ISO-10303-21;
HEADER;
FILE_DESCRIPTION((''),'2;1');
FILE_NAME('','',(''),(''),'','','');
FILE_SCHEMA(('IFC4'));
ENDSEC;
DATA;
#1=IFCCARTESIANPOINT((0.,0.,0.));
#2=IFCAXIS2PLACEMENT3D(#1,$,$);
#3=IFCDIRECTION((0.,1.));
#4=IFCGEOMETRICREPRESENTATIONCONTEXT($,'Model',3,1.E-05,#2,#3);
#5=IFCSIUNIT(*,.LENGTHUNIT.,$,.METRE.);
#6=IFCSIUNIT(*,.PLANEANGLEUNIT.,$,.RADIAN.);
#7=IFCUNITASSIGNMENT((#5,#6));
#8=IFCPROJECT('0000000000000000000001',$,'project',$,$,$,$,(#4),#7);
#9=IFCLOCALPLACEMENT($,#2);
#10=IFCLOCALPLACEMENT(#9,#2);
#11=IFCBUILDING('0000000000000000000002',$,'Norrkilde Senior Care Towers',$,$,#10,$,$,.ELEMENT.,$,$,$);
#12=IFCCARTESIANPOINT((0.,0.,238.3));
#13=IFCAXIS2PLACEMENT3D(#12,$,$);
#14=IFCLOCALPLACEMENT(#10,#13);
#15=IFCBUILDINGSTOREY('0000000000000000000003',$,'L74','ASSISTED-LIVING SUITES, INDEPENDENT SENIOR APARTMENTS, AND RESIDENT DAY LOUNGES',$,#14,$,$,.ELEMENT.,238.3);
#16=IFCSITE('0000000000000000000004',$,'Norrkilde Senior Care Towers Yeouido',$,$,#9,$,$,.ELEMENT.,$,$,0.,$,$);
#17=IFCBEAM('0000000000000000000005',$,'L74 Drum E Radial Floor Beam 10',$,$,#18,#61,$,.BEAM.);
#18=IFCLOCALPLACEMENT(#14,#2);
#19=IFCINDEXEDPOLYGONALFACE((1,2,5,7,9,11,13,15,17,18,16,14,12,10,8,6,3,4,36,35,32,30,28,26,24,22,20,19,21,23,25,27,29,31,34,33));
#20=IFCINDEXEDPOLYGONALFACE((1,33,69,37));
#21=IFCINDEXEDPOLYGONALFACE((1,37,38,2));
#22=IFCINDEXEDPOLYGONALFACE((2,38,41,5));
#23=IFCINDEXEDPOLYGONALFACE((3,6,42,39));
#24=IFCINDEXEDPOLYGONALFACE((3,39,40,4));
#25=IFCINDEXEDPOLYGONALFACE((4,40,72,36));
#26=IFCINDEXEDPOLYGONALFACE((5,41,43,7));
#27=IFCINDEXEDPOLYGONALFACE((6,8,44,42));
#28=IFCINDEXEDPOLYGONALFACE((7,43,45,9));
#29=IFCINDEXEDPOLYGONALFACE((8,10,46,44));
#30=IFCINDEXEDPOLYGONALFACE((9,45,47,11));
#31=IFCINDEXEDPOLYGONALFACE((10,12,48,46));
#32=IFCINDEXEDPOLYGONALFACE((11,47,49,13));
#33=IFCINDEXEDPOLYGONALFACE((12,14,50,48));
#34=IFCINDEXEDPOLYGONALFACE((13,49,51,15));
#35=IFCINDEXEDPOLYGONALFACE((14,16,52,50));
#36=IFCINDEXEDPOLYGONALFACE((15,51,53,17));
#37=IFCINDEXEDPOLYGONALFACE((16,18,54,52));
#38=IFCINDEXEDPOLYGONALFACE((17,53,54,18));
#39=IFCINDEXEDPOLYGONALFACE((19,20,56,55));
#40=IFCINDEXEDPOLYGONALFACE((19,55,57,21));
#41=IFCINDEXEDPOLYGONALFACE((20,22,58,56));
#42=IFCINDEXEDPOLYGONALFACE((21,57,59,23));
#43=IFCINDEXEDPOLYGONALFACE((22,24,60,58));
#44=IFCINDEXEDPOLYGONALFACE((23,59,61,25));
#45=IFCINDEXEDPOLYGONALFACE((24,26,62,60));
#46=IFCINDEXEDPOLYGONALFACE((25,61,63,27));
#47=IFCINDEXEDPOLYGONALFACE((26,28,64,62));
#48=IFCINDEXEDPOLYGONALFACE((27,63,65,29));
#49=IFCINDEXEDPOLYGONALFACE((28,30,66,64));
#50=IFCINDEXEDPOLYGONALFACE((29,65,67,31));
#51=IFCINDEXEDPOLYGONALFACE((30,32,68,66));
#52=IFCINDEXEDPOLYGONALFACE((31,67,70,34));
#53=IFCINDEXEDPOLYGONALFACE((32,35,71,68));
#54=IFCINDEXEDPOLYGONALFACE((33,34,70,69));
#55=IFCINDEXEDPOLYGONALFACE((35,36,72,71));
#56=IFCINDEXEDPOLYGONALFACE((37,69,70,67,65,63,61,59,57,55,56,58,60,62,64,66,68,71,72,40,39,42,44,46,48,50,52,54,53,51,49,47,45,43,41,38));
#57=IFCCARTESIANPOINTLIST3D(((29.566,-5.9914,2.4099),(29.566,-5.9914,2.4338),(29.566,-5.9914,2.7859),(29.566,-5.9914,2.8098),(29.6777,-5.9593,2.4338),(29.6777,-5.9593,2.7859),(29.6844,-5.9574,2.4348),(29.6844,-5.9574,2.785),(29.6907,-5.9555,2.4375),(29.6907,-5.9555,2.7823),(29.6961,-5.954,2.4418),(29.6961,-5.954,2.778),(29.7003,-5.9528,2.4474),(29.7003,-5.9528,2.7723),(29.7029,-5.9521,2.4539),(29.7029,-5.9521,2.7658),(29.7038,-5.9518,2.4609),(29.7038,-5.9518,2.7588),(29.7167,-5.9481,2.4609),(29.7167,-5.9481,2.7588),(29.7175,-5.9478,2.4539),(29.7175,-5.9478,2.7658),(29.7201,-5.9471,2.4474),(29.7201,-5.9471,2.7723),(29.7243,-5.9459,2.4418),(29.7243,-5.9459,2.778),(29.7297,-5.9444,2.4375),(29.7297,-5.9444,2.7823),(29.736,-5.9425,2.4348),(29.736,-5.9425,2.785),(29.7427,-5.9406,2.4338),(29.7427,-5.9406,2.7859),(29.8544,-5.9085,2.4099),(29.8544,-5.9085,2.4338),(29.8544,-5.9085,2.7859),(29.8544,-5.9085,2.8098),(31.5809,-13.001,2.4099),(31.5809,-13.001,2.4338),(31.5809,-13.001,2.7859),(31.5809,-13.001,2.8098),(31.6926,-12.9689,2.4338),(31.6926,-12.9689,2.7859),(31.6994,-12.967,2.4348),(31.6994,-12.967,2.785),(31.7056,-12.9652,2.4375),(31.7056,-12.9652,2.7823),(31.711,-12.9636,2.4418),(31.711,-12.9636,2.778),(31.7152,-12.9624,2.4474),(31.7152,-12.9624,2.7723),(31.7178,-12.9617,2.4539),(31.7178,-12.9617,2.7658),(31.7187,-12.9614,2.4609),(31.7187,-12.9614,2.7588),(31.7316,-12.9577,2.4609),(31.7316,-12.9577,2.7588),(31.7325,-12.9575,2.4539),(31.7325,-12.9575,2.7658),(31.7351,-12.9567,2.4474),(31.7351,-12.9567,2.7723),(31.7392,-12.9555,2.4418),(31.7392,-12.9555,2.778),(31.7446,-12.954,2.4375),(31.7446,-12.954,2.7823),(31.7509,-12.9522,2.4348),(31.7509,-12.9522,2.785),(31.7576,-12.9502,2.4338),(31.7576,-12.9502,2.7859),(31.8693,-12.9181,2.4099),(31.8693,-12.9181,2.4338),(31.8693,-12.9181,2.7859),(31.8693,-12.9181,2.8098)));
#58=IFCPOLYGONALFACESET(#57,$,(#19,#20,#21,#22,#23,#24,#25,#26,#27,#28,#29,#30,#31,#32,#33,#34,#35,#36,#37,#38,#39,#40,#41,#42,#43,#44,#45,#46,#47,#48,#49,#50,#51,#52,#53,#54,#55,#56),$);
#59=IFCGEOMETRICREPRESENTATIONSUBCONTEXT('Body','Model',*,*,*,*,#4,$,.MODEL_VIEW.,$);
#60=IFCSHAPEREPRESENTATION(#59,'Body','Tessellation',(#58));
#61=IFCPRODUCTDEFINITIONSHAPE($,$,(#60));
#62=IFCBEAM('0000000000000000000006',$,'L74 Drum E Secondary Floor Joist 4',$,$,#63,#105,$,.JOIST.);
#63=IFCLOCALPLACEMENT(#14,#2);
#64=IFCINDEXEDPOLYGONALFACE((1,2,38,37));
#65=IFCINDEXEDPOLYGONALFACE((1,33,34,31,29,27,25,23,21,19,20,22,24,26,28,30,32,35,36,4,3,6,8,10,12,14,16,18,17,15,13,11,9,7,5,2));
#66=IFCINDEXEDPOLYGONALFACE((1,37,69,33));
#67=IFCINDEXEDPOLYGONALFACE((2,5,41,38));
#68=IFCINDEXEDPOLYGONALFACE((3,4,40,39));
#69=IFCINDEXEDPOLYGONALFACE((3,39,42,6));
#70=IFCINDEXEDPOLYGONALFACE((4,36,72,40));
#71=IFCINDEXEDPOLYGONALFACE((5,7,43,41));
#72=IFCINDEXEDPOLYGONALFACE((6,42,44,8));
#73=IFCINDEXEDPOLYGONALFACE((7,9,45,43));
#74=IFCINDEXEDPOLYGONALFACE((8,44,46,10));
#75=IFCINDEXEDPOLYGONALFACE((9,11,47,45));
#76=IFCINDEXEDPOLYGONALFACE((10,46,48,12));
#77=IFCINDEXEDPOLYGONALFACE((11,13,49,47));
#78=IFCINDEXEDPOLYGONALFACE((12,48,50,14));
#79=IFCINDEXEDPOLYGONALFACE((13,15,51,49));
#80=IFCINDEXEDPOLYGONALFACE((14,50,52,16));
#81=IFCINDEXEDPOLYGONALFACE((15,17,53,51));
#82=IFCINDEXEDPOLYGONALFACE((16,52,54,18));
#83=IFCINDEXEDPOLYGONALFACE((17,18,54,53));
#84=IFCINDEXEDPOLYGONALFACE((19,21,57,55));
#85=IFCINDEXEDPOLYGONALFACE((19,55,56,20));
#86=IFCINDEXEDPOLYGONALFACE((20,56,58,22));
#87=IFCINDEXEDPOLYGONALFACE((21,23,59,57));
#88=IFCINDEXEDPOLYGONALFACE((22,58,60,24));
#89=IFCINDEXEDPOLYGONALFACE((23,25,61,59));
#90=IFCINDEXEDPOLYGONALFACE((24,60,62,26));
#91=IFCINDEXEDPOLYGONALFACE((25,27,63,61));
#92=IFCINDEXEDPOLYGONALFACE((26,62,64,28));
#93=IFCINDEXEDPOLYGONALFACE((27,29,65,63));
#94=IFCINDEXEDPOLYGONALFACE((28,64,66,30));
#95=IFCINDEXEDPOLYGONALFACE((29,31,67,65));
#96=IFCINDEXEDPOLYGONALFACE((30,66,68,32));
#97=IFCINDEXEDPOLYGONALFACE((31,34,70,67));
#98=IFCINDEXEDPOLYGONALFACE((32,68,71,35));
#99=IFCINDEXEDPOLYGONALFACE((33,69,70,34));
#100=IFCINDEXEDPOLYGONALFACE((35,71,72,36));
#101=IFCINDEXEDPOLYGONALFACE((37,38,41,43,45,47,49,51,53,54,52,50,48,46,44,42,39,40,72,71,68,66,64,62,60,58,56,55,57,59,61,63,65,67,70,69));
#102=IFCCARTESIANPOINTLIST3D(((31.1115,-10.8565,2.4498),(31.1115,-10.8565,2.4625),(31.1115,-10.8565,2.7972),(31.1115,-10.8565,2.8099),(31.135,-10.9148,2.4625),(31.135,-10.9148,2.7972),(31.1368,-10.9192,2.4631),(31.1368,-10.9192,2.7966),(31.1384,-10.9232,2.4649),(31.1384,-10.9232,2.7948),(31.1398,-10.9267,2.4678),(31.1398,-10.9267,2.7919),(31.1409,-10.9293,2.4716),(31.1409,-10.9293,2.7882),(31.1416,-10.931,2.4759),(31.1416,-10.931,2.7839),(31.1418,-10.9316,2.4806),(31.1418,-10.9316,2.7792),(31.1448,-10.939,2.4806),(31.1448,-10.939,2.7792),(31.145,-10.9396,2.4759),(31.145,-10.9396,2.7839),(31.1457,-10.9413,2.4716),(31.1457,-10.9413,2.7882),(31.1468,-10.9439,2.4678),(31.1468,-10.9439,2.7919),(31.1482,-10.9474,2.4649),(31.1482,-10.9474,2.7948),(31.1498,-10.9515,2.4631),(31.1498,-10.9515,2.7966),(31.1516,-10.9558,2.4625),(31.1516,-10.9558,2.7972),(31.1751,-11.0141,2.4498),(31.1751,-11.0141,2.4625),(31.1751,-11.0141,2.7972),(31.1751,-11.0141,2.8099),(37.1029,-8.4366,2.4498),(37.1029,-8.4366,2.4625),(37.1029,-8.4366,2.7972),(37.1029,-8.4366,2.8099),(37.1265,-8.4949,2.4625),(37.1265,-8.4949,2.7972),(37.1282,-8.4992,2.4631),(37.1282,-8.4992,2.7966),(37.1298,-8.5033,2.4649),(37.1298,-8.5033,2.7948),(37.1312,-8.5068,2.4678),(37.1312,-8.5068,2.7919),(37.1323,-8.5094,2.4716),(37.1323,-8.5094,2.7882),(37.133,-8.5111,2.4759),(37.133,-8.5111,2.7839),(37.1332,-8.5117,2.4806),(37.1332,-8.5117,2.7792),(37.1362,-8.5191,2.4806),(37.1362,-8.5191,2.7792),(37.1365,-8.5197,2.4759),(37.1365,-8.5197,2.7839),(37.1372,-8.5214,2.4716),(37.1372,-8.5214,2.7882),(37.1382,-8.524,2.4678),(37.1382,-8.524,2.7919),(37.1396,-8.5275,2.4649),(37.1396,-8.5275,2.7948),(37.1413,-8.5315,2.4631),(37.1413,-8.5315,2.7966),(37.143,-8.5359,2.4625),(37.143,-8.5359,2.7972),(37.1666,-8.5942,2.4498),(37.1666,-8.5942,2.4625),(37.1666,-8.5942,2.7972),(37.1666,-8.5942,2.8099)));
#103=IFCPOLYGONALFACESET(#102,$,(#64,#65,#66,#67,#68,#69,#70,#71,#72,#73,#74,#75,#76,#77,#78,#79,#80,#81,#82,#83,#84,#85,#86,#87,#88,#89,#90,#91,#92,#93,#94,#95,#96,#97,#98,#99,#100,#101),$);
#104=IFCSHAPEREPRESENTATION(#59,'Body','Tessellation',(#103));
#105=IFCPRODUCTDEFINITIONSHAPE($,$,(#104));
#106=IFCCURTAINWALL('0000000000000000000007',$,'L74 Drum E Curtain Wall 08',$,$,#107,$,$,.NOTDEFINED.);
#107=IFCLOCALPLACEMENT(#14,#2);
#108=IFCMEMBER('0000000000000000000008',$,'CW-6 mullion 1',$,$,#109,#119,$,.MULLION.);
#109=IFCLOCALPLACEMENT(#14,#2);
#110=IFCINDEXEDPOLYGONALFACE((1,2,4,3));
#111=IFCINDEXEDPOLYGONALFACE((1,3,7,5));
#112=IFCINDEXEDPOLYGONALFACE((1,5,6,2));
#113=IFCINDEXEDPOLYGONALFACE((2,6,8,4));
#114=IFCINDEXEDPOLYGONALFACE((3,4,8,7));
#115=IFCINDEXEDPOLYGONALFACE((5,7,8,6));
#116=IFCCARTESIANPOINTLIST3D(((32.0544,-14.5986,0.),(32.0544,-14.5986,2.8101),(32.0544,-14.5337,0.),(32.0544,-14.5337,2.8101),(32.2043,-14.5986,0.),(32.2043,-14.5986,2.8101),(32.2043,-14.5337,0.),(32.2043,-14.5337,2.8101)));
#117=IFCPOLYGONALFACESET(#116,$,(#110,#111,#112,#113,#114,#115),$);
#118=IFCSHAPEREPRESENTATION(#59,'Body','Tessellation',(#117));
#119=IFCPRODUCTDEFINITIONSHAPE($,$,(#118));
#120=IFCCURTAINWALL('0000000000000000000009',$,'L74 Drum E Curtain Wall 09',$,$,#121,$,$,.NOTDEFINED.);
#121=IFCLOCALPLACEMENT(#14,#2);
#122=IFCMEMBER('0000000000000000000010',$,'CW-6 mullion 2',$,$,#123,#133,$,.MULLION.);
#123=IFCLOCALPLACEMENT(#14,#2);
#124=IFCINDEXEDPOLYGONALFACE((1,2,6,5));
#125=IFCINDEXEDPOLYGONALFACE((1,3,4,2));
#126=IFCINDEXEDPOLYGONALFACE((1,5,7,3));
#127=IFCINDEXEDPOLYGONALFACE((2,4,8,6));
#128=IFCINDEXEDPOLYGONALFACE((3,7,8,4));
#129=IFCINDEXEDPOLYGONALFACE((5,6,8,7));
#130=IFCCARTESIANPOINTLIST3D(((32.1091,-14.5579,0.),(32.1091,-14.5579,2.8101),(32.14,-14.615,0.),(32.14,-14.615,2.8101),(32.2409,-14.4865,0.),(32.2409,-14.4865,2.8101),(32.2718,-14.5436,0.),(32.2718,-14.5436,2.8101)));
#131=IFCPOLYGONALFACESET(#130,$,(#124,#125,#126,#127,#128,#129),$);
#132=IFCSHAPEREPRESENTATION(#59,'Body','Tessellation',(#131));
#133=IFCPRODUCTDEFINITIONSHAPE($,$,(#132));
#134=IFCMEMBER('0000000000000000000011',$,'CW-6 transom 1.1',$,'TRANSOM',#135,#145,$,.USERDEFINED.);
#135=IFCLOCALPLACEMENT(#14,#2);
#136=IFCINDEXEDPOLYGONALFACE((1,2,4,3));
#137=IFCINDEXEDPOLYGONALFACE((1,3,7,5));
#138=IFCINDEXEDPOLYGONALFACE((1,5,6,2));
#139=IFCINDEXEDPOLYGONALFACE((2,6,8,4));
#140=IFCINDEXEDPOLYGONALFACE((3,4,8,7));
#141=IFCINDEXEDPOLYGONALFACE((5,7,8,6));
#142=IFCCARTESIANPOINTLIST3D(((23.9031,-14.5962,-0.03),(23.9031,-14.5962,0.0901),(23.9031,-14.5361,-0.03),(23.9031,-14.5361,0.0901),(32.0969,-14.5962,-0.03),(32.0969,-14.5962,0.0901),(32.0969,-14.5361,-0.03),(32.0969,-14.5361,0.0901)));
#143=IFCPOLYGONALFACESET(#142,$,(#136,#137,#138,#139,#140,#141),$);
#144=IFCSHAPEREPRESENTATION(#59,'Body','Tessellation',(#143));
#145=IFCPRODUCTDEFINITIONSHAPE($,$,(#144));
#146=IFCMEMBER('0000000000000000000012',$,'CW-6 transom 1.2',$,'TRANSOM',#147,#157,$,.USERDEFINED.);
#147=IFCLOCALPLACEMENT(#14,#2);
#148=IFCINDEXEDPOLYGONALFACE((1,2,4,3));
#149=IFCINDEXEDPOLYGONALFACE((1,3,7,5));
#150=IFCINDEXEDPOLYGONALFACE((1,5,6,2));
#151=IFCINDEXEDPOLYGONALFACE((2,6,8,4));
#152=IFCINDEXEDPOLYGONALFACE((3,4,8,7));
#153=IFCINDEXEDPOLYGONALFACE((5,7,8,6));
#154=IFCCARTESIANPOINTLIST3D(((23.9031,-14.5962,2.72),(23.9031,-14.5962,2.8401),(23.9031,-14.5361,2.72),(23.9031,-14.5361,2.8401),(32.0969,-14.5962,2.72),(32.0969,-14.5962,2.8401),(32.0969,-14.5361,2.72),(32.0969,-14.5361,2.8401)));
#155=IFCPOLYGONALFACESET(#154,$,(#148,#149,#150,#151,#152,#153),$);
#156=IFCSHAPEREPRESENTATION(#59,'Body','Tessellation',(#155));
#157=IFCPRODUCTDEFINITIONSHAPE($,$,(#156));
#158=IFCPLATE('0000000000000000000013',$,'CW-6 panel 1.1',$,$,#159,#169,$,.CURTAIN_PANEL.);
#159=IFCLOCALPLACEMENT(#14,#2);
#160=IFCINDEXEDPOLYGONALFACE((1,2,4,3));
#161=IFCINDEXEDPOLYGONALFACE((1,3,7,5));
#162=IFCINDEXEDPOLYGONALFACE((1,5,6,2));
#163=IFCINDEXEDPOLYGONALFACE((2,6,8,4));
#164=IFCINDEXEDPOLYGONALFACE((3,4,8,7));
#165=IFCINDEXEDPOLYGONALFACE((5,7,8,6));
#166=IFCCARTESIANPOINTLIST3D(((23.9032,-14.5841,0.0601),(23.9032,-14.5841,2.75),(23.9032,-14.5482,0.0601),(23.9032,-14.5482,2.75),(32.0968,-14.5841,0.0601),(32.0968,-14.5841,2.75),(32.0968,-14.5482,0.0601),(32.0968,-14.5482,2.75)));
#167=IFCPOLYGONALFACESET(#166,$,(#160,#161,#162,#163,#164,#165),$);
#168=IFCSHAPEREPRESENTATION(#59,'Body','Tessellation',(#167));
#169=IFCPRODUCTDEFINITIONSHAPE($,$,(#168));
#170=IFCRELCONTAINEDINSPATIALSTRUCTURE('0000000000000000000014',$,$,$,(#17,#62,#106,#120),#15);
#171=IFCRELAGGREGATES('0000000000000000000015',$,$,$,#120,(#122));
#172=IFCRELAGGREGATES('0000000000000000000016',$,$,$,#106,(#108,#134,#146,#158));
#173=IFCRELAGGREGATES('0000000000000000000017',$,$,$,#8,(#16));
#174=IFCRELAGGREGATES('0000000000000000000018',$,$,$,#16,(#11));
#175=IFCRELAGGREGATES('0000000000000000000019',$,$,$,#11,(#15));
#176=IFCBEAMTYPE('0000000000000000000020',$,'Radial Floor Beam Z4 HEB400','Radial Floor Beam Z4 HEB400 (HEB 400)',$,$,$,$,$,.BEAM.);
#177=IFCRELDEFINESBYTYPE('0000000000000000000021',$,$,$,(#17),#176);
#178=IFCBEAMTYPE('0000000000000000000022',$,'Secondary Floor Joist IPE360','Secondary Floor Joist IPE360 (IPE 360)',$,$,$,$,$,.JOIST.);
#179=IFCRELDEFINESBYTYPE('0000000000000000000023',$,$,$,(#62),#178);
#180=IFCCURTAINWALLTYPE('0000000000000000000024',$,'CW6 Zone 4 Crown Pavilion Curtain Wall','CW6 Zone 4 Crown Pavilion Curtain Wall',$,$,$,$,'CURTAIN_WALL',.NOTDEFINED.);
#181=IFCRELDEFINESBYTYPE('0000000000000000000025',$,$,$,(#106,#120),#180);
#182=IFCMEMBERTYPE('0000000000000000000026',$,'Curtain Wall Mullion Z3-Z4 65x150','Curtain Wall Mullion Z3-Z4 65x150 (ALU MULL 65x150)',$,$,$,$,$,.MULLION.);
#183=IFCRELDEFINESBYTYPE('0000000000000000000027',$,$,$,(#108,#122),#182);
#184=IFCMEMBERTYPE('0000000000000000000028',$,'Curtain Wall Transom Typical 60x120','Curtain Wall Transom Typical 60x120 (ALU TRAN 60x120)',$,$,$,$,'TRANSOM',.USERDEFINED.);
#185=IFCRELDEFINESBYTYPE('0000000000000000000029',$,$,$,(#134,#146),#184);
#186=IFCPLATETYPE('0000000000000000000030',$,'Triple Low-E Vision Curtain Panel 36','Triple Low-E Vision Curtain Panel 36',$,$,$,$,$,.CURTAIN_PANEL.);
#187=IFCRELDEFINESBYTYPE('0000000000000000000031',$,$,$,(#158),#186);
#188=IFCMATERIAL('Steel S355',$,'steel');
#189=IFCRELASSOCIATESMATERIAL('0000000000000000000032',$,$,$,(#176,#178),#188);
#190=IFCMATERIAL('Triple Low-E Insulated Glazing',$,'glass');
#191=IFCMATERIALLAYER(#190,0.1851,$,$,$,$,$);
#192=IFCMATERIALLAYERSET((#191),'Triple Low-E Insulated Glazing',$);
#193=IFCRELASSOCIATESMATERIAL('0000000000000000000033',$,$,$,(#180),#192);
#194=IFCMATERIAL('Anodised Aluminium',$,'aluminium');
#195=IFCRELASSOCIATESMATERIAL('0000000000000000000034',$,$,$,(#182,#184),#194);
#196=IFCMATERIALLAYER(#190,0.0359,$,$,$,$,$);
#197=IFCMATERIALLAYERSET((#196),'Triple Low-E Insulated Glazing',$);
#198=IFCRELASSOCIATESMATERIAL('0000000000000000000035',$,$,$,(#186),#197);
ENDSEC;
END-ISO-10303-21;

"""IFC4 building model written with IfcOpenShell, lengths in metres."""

from ifc_helpers import new_model, si_unit, direction, frame, origin, origin_2d, place, context, subcontext, project, spatial, rectangle, i_section, extrude, source, transform, mapped, material, layer, layer_set, material_profile, profile_set, type_object, type_shapes, element, aggregate, save


model = new_model("IFC4")

# Units and contexts
model_context = context("Model", 3, precision=1e-05, world=origin(), true_north=direction((0.0, 1.0)))
body_context = subcontext(model_context, "Body", "Model", "MODEL_VIEW")
ifc_project = project(units=[si_unit("LENGTHUNIT", "METRE"), si_unit("PLANEANGLEUNIT", "RADIAN")], contexts=[model_context])

# Site, building, storey
site_placement = place(None, origin())
site = spatial("IfcSite", under=ifc_project, at=site_placement, Name="Norrkilde Senior Care Towers Yeouido", CompositionType="ELEMENT", RefElevation=0.0)
building_placement = place(site_placement, origin())
building = spatial("IfcBuilding", under=site, at=building_placement, Name="Norrkilde Senior Care Towers", CompositionType="ELEMENT")
storey_placement = place(building_placement, frame((0.0, 0.0, 238.3)))
storey = spatial("IfcBuildingStorey", under=building, at=storey_placement, Name="L74", Description="ASSISTED-LIVING SUITES, INDEPENDENT SENIOR APARTMENTS, AND RESIDENT DAY LOUNGES", CompositionType="ELEMENT", Elevation=238.3)

# Beams
ifc_material_1 = material(Name="Steel S355", Category="steel")
ifc_material_profile_1 = material_profile(ifc_material_1, i_section(OverallWidth=0.3, OverallDepth=0.3999, WebThickness=0.0134, FlangeThickness=0.0239, FilletRadius=0.0271, at=origin_2d()), Name="HEB 400")
ifc_profile_set_1 = profile_set([ifc_material_profile_1], Name="Steel S355")
beam_type_1 = type_object("IfcBeamType", Name="Radial Floor Beam Z4 HEB400", Description="Radial Floor Beam Z4 HEB400 (HEB 400)", PredefinedType="BEAM", material=ifc_profile_set_1)
shared_shape_1 = source(origin(), body_context, "Body", "SweptSolid", [
    extrude(i_section(OverallWidth=0.3, OverallDepth=0.3999, WebThickness=0.0134, FlangeThickness=0.0239, FilletRadius=0.0271, at=origin_2d()), origin(), (0.0, 0.0, 1.0), 7.2935),
])
beam_1_placement = place(storey_placement, frame((29.7102, -5.95, 2.6099), z_axis=(0.276264, -0.961082, 0.0), x_axis=(0.961082, 0.276264, 0.0)))
element("IfcBeam", 1, at=beam_1_placement, inside=storey, type_object=beam_type_1, Name="L74 Drum E Radial Floor Beam 10", PredefinedType="BEAM", context=body_context, shape_type="MappedRepresentation", body=[
    mapped(shared_shape_1, transform((0.0, 0.0, 0.0), x_axis=(1.0, 0.0, 0.0), y_axis=(0.0, 1.0, 0.0), z_axis=(0.0, 0.0, 1.0), scale=1.0)),
])
ifc_material_profile_2 = material_profile(ifc_material_1, i_section(OverallWidth=0.1699, OverallDepth=0.3601, WebThickness=0.0081, FlangeThickness=0.0127, FilletRadius=0.0181, at=origin_2d()), Name="IPE 360")
ifc_profile_set_2 = profile_set([ifc_material_profile_2], Name="Steel S355")
beam_type_2 = type_object("IfcBeamType", Name="Secondary Floor Joist IPE360", Description="Secondary Floor Joist IPE360 (IPE 360)", PredefinedType="JOIST", material=ifc_profile_set_2)
shared_shape_2 = source(origin(), body_context, "Body", "SweptSolid", [
    extrude(i_section(OverallWidth=0.1699, OverallDepth=0.3601, WebThickness=0.0081, FlangeThickness=0.0127, FilletRadius=0.0181, at=origin_2d()), origin(), (0.0, 0.0, 1.0), 6.4617),
])
type_shapes(beam_type_2, [shared_shape_2])
beam_2_placement = place(storey_placement, frame((31.1433, -10.9353, 2.6299), z_axis=(0.927226, 0.374502, 0.0), x_axis=(-0.374502, 0.927226, 0.0)))
element("IfcBeam", 2, at=beam_2_placement, inside=storey, type_object=beam_type_2, Name="L74 Drum E Secondary Floor Joist 4", PredefinedType="JOIST", context=body_context, shape_type="MappedRepresentation", body=[
    mapped(shared_shape_2, transform((0.0, 0.0, 0.0), x_axis=(1.0, 0.0, 0.0), y_axis=(0.0, 1.0, 0.0), z_axis=(0.0, 0.0, 1.0), scale=1.0)),
])

# Curtain walls, members
ifc_material_2 = material(Name="Triple Low-E Insulated Glazing", Category="glass")
ifc_layer_1 = layer(ifc_material_2, 0.1851)
ifc_layer_set_1 = layer_set([ifc_layer_1], Name="Triple Low-E Insulated Glazing")
curtain_wall_type = type_object("IfcCurtainWallType", Name="CW6 Zone 4 Crown Pavilion Curtain Wall", Description="CW6 Zone 4 Crown Pavilion Curtain Wall", ElementType="CURTAIN_WALL", PredefinedType="NOTDEFINED", material=ifc_layer_set_1)
curtain_wall_1_placement = place(storey_placement, origin())
curtain_wall_1 = element("IfcCurtainWall", 3, at=curtain_wall_1_placement, inside=storey, type_object=curtain_wall_type, Name="L74 Drum E Curtain Wall 08", PredefinedType="NOTDEFINED")
ifc_material_3 = material(Name="Anodised Aluminium", Category="aluminium")
ifc_material_profile_3 = material_profile(ifc_material_3, rectangle(XDim=0.0649, YDim=0.1499, at=origin_2d()), Name="ALU MULL 65x150")
ifc_profile_set_3 = profile_set([ifc_material_profile_3], Name="Anodised Aluminium")
member_type_1 = type_object("IfcMemberType", Name="Curtain Wall Mullion Z3-Z4 65x150", Description="Curtain Wall Mullion Z3-Z4 65x150 (ALU MULL 65x150)", PredefinedType="MULLION", material=ifc_profile_set_3)
shared_shape_3 = source(origin(), body_context, "Body", "SweptSolid", [
    extrude(rectangle(XDim=0.0649, YDim=0.1499, at=origin_2d()), origin(), (0.0, 0.0, 1.0), 2.8101),
])
type_shapes(member_type_1, [shared_shape_3])
member_1_placement = place(storey_placement, frame((32.1294, -14.5662, 0.0), z_axis=(0.0, 0.0, 1.0), x_axis=(0.0, -1.0, 0.0)))
member_1 = element("IfcMember", 4, at=member_1_placement, type_object=member_type_1, Name="CW-6 mullion 1", PredefinedType="MULLION", context=body_context, shape_type="MappedRepresentation", body=[
    mapped(shared_shape_3, transform((0.0, 0.0, 0.0), x_axis=(1.0, 0.0, 0.0), y_axis=(0.0, 1.0, 0.0), z_axis=(0.0, 0.0, 1.0), scale=1.0)),
])
curtain_wall_2_placement = place(storey_placement, origin())
curtain_wall_2 = element("IfcCurtainWall", 5, at=curtain_wall_2_placement, inside=storey, type_object=curtain_wall_type, Name="L74 Drum E Curtain Wall 09", PredefinedType="NOTDEFINED")
member_2_placement = place(storey_placement, frame((32.1904, -14.5508, 0.0), z_axis=(0.0, 0.0, 1.0), x_axis=(0.476133, -0.879373, 0.0)))
member_2 = element("IfcMember", 6, at=member_2_placement, type_object=member_type_1, Name="CW-6 mullion 2", PredefinedType="MULLION", context=body_context, shape_type="MappedRepresentation", body=[
    mapped(shared_shape_3, transform((0.0, 0.0, 0.0), x_axis=(1.0, 0.0, 0.0), y_axis=(0.0, 1.0, 0.0), z_axis=(0.0, 0.0, 1.0), scale=1.0)),
])
aggregate(curtain_wall_2, [member_2])

# Members
ifc_material_profile_4 = material_profile(ifc_material_3, rectangle(XDim=0.0601, YDim=0.1201, at=origin_2d()), Name="ALU TRAN 60x120")
ifc_profile_set_4 = profile_set([ifc_material_profile_4], Name="Anodised Aluminium")
member_type_2 = type_object("IfcMemberType", Name="Curtain Wall Transom Typical 60x120", Description="Curtain Wall Transom Typical 60x120 (ALU TRAN 60x120)", ElementType="TRANSOM", PredefinedType="USERDEFINED", material=ifc_profile_set_4)
shared_shape_4 = source(origin(), body_context, "Body", "SweptSolid", [
    extrude(rectangle(XDim=0.0601, YDim=0.1201, at=origin_2d()), origin(), (0.0, 0.0, 1.0), 8.1938),
])
type_shapes(member_type_2, [shared_shape_4])
member_3_placement = place(storey_placement, frame((32.0969, -14.5662, 0.03), z_axis=(-1.0, 0.0, 0.0), x_axis=(0.0, -1.0, 0.0)))
member_3 = element("IfcMember", 7, at=member_3_placement, type_object=member_type_2, Name="CW-6 transom 1.1", ObjectType="TRANSOM", PredefinedType="USERDEFINED", context=body_context, shape_type="MappedRepresentation", body=[
    mapped(shared_shape_4, transform((0.0, 0.0, 0.0), x_axis=(1.0, 0.0, 0.0), y_axis=(0.0, 1.0, 0.0), z_axis=(0.0, 0.0, 1.0), scale=1.0)),
])
member_4_placement = place(storey_placement, frame((32.0969, -14.5662, 2.78), z_axis=(-1.0, 0.0, 0.0), x_axis=(0.0, -1.0, 0.0)))
member_4 = element("IfcMember", 8, at=member_4_placement, type_object=member_type_2, Name="CW-6 transom 1.2", ObjectType="TRANSOM", PredefinedType="USERDEFINED", context=body_context, shape_type="MappedRepresentation", body=[
    mapped(shared_shape_4, transform((0.0, 0.0, 0.0), x_axis=(1.0, 0.0, 0.0), y_axis=(0.0, 1.0, 0.0), z_axis=(0.0, 0.0, 1.0), scale=1.0)),
])

# Plate
ifc_layer_2 = layer(ifc_material_2, 0.0359)
ifc_layer_set_2 = layer_set([ifc_layer_2], Name="Triple Low-E Insulated Glazing")
plate_type = type_object("IfcPlateType", Name="Triple Low-E Vision Curtain Panel 36", Description="Triple Low-E Vision Curtain Panel 36", PredefinedType="CURTAIN_PANEL", material=ifc_layer_set_2)
shared_shape_5 = source(origin(), body_context, "Body", "SweptSolid", [
    extrude(rectangle(XDim=8.1936, YDim=0.0359, at=origin_2d()), origin(), (0.0, 0.0, 1.0), 2.6899),
])
type_shapes(plate_type, [shared_shape_5])
plate_placement = place(storey_placement, frame((28.0, -14.5662, 0.0601), z_axis=(0.0, 0.0, 1.0), x_axis=(-1.0, 0.0, 0.0)))
plate = element("IfcPlate", 9, at=plate_placement, type_object=plate_type, Name="CW-6 panel 1.1", PredefinedType="CURTAIN_PANEL", context=body_context, shape_type="MappedRepresentation", body=[
    mapped(shared_shape_5, transform((0.0, 0.0, 0.0), x_axis=(1.0, 0.0, 0.0), y_axis=(0.0, 1.0, 0.0), z_axis=(0.0, 0.0, 1.0), scale=1.0)),
])
aggregate(curtain_wall_1, [member_1, member_3, member_4, plate])

save(model, "model.ifc")
